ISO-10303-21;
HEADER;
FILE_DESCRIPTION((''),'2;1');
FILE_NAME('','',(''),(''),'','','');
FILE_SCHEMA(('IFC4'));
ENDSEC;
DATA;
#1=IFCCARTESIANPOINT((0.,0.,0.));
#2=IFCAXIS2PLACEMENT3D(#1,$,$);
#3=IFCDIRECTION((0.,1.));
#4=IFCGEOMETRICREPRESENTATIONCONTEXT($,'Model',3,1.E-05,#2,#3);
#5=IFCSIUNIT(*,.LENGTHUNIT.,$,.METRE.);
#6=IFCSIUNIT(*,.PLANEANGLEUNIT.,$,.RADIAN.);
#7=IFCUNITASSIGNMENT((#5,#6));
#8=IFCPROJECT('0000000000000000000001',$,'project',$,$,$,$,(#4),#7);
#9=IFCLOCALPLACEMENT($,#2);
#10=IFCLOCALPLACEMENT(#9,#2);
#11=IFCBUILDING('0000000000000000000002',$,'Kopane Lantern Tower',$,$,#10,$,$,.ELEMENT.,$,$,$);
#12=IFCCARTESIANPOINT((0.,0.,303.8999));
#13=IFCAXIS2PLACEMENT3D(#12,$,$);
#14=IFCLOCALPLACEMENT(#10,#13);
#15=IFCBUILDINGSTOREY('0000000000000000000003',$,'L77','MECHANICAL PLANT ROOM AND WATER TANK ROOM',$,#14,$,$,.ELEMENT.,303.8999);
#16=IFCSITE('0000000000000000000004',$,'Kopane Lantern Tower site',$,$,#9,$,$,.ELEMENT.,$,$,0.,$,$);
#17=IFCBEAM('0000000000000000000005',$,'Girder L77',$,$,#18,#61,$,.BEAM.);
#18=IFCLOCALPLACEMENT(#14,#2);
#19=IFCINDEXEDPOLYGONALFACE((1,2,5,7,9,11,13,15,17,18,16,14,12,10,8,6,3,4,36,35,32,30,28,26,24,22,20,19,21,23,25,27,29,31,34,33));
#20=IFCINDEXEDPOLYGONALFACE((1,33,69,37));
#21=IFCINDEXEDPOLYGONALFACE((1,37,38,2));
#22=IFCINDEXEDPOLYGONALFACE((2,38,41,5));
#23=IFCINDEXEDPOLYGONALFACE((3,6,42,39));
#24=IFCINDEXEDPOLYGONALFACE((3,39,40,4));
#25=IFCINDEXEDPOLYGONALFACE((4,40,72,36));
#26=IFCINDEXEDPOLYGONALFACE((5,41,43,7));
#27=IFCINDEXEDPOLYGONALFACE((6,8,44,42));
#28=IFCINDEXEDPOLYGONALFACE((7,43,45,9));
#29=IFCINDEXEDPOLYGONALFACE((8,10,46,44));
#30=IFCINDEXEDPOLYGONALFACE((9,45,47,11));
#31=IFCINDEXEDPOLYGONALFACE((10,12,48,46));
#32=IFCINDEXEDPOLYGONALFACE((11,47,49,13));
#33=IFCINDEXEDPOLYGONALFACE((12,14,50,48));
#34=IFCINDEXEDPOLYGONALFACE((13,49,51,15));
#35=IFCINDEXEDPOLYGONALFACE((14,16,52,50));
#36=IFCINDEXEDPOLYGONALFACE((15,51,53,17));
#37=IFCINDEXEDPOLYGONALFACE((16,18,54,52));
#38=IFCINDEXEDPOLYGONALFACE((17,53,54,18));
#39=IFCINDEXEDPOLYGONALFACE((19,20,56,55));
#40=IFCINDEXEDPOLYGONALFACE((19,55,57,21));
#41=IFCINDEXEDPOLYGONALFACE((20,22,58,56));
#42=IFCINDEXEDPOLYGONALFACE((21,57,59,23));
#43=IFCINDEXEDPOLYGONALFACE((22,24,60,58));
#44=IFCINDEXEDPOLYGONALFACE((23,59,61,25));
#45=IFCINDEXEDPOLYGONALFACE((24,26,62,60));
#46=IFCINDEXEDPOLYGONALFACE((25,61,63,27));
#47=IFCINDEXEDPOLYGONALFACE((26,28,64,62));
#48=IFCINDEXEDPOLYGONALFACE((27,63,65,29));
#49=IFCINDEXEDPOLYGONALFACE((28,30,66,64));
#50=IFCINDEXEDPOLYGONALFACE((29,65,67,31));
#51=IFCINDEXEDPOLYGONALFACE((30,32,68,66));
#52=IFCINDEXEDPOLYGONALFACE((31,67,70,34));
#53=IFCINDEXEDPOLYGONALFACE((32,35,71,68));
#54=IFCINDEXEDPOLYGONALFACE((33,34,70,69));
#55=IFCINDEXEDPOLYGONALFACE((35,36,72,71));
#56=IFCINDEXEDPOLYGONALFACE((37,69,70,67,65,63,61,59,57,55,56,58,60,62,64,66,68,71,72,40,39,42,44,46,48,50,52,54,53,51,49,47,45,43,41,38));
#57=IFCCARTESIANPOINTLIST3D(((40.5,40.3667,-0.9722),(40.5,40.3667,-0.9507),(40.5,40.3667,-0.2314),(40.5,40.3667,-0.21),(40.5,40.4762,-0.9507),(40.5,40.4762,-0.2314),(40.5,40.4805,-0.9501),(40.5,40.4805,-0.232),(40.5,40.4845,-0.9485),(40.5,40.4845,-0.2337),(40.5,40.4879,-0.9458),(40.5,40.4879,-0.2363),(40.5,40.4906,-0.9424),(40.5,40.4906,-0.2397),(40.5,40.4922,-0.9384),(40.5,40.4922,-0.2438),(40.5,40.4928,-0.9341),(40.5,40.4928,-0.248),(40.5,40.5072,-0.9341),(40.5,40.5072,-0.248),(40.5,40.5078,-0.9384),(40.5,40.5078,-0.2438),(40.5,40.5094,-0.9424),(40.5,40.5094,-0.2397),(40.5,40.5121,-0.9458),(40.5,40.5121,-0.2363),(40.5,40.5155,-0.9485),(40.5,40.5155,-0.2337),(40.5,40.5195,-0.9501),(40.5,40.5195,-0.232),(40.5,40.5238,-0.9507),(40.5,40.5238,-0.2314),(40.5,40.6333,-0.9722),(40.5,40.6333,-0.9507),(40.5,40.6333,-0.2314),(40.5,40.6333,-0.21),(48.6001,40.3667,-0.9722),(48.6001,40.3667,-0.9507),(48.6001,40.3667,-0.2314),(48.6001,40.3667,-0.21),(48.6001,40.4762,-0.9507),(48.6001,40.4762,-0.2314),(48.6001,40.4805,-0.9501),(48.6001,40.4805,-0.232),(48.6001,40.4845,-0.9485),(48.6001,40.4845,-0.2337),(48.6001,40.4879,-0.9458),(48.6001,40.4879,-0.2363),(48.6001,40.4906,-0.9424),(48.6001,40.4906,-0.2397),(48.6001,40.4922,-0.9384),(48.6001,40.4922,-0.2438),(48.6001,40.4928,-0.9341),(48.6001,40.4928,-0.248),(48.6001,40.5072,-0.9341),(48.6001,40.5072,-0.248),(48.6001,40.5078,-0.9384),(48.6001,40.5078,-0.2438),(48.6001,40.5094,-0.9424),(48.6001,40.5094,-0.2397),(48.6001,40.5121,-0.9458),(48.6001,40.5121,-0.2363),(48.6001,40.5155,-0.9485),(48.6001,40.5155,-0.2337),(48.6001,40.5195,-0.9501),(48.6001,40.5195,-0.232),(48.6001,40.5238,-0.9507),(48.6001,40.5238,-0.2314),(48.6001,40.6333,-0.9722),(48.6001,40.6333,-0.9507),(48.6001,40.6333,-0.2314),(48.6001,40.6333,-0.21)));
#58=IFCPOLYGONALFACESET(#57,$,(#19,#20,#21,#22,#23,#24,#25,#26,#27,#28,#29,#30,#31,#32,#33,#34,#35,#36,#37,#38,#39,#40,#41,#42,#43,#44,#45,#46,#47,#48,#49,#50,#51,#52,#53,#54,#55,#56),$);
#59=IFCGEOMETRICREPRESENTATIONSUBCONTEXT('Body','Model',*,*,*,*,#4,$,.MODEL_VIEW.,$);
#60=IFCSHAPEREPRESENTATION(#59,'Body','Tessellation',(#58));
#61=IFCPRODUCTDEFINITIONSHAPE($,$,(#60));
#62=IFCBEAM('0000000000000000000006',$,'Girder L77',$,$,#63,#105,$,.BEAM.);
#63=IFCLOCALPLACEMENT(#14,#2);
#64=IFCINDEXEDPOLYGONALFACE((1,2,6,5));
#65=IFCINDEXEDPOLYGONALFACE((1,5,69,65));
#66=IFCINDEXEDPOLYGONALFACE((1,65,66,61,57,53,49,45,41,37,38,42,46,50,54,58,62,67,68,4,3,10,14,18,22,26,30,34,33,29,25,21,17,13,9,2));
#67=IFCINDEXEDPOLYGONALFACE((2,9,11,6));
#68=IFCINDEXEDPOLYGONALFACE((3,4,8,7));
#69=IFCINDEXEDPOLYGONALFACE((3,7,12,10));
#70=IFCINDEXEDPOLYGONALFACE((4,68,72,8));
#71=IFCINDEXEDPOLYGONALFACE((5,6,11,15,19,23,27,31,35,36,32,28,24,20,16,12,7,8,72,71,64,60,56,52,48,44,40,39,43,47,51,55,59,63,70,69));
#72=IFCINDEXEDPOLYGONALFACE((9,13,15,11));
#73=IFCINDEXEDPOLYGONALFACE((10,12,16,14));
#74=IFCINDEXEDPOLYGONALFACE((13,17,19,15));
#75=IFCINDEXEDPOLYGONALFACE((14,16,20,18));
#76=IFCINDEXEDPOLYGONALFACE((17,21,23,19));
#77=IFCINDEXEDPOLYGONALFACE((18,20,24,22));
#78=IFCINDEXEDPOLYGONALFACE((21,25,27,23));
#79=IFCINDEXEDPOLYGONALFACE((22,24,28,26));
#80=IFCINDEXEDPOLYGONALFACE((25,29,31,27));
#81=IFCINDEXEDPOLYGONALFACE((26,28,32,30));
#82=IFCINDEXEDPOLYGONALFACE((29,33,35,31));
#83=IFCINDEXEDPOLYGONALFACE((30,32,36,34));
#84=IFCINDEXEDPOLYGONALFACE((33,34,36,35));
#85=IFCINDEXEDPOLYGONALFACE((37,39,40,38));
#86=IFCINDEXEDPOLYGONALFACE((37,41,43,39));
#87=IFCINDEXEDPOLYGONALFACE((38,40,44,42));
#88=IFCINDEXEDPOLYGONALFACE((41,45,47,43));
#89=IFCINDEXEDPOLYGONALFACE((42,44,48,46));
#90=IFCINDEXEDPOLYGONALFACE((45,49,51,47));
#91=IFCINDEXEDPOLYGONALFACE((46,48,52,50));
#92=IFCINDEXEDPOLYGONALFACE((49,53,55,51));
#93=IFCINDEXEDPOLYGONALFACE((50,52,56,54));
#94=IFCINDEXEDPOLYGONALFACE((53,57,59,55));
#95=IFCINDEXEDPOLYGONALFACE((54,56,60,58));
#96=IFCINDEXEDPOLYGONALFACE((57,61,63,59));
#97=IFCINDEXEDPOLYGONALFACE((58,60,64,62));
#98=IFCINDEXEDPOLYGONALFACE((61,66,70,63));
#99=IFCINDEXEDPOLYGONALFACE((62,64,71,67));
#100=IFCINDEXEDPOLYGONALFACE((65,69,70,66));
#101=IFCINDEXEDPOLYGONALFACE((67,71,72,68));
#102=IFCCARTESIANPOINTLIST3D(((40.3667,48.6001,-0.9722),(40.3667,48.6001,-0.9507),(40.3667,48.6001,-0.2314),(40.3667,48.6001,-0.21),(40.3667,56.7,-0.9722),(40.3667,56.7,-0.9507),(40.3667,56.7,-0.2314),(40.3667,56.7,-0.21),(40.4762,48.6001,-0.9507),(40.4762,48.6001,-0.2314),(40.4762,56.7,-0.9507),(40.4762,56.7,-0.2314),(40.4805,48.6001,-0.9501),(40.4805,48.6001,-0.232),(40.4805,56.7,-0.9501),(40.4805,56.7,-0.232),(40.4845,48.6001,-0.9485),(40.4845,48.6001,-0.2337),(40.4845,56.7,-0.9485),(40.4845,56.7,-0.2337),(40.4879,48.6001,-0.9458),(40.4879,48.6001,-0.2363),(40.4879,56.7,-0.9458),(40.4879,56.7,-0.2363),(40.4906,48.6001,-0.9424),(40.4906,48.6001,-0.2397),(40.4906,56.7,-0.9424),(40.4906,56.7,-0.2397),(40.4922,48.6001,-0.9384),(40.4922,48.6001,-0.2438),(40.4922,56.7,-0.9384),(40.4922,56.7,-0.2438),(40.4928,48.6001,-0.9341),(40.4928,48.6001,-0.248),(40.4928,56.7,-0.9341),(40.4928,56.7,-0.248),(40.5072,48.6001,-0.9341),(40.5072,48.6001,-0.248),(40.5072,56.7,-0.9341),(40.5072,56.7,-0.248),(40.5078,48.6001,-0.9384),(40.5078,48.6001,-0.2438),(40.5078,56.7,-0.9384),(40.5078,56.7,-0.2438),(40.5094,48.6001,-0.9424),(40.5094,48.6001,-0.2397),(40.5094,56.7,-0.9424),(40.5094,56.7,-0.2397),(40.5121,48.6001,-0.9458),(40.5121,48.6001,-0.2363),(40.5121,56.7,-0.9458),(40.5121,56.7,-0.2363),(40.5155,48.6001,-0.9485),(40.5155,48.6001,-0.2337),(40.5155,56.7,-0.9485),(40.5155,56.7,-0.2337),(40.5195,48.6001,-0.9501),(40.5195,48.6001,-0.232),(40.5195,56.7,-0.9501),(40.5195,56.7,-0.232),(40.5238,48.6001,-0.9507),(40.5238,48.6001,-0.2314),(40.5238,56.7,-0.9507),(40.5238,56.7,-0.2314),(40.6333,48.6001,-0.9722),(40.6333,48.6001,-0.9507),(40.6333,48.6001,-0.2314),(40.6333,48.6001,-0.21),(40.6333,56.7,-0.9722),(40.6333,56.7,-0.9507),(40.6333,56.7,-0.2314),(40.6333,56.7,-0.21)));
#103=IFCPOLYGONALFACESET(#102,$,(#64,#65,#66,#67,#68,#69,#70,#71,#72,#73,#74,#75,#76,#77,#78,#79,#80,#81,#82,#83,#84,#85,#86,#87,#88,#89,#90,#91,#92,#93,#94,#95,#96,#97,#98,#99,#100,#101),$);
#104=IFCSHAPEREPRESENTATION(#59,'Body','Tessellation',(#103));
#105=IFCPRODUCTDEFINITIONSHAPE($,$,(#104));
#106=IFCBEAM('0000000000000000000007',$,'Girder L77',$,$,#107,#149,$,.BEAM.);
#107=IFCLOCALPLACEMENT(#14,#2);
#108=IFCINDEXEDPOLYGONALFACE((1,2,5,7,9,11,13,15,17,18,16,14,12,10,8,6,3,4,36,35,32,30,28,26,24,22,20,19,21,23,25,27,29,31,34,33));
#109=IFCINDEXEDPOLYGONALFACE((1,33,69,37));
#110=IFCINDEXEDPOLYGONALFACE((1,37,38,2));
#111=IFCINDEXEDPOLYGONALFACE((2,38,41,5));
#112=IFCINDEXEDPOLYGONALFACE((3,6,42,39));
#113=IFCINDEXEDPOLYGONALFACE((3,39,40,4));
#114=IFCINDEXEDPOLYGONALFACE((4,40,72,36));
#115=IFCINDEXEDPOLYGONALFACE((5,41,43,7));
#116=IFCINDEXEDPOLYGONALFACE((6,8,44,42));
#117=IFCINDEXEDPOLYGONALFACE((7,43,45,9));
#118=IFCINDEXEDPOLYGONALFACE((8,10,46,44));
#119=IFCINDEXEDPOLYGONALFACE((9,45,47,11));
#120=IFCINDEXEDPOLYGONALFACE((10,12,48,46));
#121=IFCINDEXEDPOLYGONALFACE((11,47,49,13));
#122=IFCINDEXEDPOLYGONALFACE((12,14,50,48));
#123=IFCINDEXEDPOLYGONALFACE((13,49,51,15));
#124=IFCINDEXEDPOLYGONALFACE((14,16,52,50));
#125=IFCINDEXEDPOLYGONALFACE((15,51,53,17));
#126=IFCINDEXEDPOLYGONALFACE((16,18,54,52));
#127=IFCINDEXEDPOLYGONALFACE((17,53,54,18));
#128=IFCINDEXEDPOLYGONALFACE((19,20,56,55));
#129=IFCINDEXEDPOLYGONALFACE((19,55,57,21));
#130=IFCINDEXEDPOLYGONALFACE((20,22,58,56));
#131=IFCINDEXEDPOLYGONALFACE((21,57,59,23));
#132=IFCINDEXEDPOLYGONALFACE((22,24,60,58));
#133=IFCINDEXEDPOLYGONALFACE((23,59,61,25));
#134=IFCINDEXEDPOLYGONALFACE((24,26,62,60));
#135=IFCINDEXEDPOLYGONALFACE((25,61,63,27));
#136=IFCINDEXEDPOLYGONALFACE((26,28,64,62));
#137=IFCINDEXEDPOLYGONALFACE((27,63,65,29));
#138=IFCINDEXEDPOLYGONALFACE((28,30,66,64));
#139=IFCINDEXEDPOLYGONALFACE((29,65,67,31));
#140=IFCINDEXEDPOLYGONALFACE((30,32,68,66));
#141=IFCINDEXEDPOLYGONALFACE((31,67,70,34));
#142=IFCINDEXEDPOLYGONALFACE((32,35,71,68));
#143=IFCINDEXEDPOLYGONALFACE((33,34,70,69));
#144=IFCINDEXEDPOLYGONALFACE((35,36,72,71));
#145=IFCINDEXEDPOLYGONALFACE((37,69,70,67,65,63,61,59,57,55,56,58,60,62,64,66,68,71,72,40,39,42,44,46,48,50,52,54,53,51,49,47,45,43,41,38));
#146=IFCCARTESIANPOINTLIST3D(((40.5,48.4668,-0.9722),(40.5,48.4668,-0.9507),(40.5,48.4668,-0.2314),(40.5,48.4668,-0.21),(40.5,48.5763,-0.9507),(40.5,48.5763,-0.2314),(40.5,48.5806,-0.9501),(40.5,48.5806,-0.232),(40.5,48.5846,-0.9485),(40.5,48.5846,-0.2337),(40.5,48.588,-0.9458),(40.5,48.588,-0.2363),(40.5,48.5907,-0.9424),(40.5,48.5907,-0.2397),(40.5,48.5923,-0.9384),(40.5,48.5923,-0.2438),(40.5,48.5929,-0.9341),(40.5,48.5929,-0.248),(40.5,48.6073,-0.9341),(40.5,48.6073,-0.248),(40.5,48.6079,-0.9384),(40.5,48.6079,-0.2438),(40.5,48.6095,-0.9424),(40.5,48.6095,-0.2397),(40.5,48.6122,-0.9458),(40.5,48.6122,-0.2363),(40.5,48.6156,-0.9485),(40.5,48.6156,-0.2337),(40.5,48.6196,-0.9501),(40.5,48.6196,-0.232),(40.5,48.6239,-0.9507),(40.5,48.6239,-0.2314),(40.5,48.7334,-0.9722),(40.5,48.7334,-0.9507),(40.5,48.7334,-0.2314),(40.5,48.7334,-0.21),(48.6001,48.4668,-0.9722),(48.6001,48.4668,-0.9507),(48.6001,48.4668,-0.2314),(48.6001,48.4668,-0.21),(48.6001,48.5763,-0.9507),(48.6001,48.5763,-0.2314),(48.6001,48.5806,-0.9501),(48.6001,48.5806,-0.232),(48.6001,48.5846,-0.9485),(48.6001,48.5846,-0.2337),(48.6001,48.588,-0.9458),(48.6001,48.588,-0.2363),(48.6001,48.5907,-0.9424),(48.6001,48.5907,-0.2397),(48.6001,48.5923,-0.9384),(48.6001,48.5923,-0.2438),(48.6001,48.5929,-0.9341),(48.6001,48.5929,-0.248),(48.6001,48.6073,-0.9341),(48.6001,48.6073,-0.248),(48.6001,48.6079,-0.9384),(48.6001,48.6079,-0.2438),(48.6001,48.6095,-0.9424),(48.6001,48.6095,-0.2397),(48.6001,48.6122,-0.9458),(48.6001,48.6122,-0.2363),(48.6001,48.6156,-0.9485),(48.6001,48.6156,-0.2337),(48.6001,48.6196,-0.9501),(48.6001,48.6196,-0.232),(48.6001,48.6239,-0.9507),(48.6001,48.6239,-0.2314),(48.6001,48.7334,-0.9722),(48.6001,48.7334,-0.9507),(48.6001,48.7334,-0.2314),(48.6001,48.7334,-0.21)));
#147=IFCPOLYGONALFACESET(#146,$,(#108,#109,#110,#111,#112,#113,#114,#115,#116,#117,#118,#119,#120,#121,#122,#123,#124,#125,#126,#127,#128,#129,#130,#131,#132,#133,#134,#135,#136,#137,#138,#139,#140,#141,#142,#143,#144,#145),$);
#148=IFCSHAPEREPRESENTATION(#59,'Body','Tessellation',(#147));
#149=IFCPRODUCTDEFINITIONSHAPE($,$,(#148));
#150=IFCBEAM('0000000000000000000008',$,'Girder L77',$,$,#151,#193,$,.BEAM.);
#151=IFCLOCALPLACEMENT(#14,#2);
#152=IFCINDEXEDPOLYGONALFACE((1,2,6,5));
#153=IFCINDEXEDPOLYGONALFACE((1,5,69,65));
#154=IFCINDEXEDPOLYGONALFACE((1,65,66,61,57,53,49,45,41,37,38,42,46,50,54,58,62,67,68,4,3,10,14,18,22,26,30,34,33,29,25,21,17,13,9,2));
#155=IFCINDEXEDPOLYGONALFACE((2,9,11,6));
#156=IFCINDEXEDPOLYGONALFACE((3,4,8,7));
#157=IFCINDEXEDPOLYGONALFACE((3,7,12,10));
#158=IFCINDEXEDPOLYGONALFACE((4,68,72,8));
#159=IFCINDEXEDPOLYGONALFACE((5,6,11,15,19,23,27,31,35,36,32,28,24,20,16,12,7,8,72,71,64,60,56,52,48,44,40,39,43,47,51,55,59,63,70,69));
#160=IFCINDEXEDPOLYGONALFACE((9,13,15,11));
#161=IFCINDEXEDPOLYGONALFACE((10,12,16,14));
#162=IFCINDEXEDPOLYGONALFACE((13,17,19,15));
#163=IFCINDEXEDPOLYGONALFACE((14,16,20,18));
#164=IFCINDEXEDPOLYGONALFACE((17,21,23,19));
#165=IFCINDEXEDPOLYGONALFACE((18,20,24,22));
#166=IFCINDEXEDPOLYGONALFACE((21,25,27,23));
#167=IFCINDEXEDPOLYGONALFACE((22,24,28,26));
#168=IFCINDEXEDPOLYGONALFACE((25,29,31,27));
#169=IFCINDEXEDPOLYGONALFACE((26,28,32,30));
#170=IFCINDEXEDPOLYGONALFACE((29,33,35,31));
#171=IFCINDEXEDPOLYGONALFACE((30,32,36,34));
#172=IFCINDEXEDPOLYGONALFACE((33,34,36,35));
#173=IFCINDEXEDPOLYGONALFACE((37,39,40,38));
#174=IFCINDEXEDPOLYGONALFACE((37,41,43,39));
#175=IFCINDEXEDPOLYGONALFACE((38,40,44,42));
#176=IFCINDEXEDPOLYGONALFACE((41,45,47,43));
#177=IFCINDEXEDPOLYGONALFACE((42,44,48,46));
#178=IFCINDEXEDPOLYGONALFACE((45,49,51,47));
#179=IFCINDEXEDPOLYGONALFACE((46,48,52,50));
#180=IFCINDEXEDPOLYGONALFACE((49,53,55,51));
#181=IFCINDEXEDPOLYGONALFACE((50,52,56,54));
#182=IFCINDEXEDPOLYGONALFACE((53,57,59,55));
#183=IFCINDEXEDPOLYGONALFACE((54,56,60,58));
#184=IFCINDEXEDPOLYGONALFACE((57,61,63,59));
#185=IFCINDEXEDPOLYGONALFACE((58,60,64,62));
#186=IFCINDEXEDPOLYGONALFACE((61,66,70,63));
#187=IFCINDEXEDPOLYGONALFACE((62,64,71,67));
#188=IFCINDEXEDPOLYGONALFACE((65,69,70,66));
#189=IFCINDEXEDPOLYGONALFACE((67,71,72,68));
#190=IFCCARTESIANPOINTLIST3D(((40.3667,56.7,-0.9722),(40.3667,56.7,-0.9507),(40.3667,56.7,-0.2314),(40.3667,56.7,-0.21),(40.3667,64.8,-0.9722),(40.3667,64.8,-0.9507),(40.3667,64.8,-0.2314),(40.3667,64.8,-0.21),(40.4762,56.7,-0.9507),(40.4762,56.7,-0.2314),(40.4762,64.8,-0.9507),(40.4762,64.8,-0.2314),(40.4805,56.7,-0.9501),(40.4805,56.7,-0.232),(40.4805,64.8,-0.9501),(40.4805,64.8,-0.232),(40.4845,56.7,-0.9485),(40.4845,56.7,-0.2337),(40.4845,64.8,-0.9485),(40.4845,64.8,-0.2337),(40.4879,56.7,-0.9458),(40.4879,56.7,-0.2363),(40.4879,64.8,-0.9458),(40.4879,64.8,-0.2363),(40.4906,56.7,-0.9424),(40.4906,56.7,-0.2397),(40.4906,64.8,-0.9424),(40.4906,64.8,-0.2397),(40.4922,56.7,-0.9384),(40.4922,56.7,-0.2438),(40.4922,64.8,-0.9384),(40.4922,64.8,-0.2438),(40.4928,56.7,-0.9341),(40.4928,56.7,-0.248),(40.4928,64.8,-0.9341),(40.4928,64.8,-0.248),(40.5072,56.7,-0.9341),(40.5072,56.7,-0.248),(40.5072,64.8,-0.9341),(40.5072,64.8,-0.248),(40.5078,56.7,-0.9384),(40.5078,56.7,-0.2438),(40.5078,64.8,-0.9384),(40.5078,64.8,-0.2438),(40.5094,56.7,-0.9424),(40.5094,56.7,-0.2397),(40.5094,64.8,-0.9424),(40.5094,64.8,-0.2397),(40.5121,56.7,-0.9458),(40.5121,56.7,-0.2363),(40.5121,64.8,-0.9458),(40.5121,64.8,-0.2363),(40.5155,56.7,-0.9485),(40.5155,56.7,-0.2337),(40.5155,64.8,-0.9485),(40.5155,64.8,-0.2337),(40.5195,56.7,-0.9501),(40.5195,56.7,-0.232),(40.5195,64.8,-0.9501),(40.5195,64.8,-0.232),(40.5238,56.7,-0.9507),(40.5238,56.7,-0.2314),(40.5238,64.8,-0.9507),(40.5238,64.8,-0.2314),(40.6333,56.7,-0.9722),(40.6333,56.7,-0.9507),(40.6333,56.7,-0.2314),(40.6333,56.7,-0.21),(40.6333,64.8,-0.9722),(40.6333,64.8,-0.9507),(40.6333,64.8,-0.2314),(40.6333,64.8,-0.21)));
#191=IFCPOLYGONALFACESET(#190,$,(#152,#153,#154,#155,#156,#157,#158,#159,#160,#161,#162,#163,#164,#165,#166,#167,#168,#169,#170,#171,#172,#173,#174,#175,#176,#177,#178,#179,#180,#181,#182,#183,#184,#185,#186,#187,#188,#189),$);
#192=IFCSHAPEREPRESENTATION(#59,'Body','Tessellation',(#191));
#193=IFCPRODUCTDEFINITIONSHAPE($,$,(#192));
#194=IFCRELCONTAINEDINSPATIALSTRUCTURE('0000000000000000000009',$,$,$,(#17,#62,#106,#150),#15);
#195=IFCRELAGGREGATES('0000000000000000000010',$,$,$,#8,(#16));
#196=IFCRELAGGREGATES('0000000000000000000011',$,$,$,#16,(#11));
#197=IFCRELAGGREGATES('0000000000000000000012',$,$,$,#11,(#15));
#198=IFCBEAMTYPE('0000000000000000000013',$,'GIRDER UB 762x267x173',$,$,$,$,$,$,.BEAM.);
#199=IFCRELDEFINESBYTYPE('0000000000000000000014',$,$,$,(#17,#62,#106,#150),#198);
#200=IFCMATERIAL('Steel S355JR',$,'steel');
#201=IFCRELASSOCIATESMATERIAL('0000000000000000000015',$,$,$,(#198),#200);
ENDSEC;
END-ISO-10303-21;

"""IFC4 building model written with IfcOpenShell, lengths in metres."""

from ifc_helpers import new_model, si_unit, direction, frame, origin, origin_2d, place, context, subcontext, project, spatial, i_section, extrude, material, material_profile, profile_set, type_object, element, save


model = new_model("IFC4")

# Units and contexts
model_context = context("Model", 3, precision=1e-05, world=origin(), true_north=direction((0.0, 1.0)))
body_context = subcontext(model_context, "Body", "Model", "MODEL_VIEW")
ifc_project = project(units=[si_unit("LENGTHUNIT", "METRE"), si_unit("PLANEANGLEUNIT", "RADIAN")], contexts=[model_context])

# Site, building, storey
site_placement = place(None, origin())
site = spatial("IfcSite", under=ifc_project, at=site_placement, Name="Kopane Lantern Tower site", CompositionType="ELEMENT", RefElevation=0.0)
building_placement = place(site_placement, origin())
building = spatial("IfcBuilding", under=site, at=building_placement, Name="Kopane Lantern Tower", CompositionType="ELEMENT")
storey_placement = place(building_placement, frame((0.0, 0.0, 303.8999)))
storey = spatial("IfcBuildingStorey", under=building, at=storey_placement, Name="L77", Description="MECHANICAL PLANT ROOM AND WATER TANK ROOM", CompositionType="ELEMENT", Elevation=303.8999)

# Beams
ifc_material_1 = material(Name="Steel S355JR", Category="steel")
ifc_material_profile_1 = material_profile(ifc_material_1, i_section(OverallWidth=0.2666, OverallDepth=0.7622, WebThickness=0.0144, FlangeThickness=0.0215, FilletRadius=0.0166, at=origin_2d()), Name="UB 762x267x173")
ifc_profile_set_1 = profile_set([ifc_material_profile_1], Name="Steel S355JR")
beam_type = type_object("IfcBeamType", Name="GIRDER UB 762x267x173", PredefinedType="BEAM", material=ifc_profile_set_1)
for number, where, z_axis, x_axis, name in (
    (1, (40.5, 40.5, -0.5911), (1.0, 0.0, 0.0), (0.0, 1.0, 0.0), "Girder L77"),
):
    element("IfcBeam", number, at=place(storey_placement, frame(where, z_axis=z_axis, x_axis=x_axis)), inside=storey, type_object=beam_type, Name=name, PredefinedType="BEAM", context=body_context, shape_type="SweptSolid", body=[
        extrude(i_section(OverallWidth=0.2666, OverallDepth=0.7622, WebThickness=0.0144, FlangeThickness=0.0215, FilletRadius=0.0166, at=origin_2d()), origin(), (0.0, 0.0, 1.0), 8.1001),
    ])
beam_1_placement = place(storey_placement, frame((40.5, 48.6001, -0.5911), z_axis=(0.0, 1.0, 0.0), x_axis=(-1.0, 0.0, 0.0)))
element("IfcBeam", 2, at=beam_1_placement, inside=storey, type_object=beam_type, Name="Girder L77", PredefinedType="BEAM", context=body_context, shape_type="SweptSolid", body=[
    extrude(i_section(OverallWidth=0.2666, OverallDepth=0.7622, WebThickness=0.0144, FlangeThickness=0.0215, FilletRadius=0.0166, at=origin_2d()), origin(), (0.0, 0.0, 1.0), 8.0999),
])
for number, where, z_axis, x_axis, name in (
    (3, (40.5, 48.6001, -0.5911), (1.0, 0.0, 0.0), (0.0, 1.0, 0.0), "Girder L77"),
    (4, (40.5, 56.7, -0.5911), (0.0, 1.0, 0.0), (-1.0, 0.0, 0.0), "Girder L77"),
):
    element("IfcBeam", number, at=place(storey_placement, frame(where, z_axis=z_axis, x_axis=x_axis)), inside=storey, type_object=beam_type, Name=name, PredefinedType="BEAM", context=body_context, shape_type="SweptSolid", body=[
        extrude(i_section(OverallWidth=0.2666, OverallDepth=0.7622, WebThickness=0.0144, FlangeThickness=0.0215, FilletRadius=0.0166, at=origin_2d()), origin(), (0.0, 0.0, 1.0), 8.1001),
    ])

save(model, "model.ifc")
